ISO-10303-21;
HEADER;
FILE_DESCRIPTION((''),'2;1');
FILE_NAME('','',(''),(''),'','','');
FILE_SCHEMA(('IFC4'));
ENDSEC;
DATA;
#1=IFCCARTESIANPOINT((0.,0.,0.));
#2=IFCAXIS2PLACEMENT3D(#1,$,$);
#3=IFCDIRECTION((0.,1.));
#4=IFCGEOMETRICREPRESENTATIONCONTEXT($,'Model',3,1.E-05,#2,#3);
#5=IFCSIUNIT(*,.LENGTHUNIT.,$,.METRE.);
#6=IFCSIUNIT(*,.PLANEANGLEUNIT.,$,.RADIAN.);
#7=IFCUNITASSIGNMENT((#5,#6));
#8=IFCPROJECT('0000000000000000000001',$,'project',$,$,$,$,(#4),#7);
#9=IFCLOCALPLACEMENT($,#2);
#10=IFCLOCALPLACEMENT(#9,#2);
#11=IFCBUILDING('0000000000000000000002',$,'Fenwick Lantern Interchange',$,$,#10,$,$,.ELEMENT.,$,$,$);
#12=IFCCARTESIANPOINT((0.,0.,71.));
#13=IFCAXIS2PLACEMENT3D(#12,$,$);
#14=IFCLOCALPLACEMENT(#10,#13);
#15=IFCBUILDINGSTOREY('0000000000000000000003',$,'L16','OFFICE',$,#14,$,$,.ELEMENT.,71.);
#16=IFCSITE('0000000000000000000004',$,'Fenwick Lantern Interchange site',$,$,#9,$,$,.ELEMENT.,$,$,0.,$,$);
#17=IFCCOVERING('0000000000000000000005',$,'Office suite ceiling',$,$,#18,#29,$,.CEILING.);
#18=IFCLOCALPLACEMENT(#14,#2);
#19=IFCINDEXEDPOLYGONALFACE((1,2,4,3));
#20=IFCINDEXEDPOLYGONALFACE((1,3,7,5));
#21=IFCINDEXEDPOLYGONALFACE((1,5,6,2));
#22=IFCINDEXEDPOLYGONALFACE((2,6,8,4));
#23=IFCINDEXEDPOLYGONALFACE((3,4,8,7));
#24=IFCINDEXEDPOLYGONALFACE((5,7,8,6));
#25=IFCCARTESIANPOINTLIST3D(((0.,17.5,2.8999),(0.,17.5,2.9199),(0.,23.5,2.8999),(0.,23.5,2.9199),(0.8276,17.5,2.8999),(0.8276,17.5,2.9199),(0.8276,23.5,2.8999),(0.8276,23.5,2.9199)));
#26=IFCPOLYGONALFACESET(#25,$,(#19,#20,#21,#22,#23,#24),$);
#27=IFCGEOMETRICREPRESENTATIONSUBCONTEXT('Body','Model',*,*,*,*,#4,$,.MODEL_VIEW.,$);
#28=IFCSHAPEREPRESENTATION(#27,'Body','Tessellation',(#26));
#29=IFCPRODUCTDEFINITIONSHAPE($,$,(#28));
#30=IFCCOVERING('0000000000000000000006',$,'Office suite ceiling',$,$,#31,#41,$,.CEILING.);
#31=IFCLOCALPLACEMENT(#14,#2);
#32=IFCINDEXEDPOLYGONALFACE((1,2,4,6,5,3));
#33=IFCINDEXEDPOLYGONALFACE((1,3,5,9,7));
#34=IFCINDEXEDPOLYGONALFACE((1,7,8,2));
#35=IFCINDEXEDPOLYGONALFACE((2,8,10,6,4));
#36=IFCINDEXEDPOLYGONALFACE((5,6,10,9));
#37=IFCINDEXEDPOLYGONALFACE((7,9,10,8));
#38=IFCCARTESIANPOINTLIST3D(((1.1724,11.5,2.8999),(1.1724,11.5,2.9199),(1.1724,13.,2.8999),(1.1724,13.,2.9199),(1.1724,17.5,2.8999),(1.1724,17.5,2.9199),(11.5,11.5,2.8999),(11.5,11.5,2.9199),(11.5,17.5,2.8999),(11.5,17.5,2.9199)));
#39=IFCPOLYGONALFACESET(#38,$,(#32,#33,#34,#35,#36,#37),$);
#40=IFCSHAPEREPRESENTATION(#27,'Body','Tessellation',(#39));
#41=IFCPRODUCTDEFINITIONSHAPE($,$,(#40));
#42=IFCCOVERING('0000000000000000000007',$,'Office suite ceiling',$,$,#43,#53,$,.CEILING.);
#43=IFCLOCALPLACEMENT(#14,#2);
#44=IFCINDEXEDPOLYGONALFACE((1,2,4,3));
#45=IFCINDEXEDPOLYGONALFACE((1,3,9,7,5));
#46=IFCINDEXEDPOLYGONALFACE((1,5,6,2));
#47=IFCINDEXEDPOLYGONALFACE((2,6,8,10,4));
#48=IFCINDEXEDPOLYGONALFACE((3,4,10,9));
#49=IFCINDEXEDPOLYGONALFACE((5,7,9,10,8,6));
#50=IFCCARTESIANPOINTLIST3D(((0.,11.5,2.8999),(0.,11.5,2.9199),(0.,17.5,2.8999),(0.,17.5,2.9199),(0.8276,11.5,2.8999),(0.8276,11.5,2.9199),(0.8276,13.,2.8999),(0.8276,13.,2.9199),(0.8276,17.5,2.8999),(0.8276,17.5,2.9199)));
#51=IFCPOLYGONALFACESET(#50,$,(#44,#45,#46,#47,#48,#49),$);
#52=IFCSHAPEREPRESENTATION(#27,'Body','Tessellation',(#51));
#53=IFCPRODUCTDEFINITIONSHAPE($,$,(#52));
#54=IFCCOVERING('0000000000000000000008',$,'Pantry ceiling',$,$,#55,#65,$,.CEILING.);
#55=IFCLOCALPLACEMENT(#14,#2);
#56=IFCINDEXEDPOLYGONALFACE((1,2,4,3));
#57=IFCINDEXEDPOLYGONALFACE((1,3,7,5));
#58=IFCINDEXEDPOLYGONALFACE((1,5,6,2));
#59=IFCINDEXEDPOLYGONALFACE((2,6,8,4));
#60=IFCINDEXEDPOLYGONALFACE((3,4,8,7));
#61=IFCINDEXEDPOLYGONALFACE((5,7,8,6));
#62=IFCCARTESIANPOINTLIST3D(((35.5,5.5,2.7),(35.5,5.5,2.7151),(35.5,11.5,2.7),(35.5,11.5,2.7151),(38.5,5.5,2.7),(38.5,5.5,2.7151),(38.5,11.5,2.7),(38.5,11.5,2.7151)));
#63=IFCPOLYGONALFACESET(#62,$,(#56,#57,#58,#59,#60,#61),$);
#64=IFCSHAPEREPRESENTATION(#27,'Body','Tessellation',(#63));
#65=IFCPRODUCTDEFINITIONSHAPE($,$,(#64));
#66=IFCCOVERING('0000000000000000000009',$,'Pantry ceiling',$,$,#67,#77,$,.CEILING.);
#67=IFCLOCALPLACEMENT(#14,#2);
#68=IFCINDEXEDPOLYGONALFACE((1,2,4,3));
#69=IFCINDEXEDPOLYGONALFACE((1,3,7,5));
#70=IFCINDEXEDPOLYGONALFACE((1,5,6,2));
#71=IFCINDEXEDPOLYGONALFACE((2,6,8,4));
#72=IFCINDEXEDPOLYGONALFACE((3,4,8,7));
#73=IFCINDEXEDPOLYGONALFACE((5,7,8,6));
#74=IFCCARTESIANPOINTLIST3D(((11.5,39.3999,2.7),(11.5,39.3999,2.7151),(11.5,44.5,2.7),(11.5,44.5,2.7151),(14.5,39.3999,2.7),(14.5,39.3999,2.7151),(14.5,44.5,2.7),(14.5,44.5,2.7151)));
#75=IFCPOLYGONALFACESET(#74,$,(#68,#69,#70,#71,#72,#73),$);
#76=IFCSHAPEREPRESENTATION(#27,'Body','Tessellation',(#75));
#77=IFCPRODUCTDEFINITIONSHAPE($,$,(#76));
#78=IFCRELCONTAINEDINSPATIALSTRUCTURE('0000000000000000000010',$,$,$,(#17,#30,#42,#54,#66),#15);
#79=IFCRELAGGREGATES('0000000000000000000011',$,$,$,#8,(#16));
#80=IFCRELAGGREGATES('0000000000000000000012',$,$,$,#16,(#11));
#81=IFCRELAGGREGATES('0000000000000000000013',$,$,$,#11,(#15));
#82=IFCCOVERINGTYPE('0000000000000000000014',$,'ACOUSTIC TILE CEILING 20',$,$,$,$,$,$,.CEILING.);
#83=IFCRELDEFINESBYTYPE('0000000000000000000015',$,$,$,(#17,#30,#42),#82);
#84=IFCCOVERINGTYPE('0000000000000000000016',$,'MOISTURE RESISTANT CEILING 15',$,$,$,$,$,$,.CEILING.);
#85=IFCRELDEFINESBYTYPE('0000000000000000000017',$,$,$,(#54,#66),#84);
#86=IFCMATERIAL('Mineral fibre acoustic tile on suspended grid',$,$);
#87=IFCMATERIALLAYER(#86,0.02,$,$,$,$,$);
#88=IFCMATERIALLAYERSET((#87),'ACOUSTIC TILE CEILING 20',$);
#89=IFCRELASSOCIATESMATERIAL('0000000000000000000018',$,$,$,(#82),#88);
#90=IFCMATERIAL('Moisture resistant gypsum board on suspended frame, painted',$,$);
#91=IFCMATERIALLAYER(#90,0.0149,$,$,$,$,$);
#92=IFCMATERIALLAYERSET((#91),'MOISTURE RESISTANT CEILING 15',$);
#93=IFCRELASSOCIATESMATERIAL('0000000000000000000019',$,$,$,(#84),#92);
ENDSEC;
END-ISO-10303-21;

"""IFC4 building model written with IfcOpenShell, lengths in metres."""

from ifc_helpers import new_model, si_unit, direction, frame, origin, place, context, subcontext, project, spatial, polyline, outline, extrude, material, layer, layer_set, type_object, element, save


model = new_model("IFC4")

# Units and contexts
model_context = context("Model", 3, precision=1e-05, world=origin(), true_north=direction((0.0, 1.0)))
body_context = subcontext(model_context, "Body", "Model", "MODEL_VIEW")
ifc_project = project(units=[si_unit("LENGTHUNIT", "METRE"), si_unit("PLANEANGLEUNIT", "RADIAN")], contexts=[model_context])

# Site, building, storey
site_placement = place(None, origin())
site = spatial("IfcSite", under=ifc_project, at=site_placement, Name="Fenwick Lantern Interchange site", CompositionType="ELEMENT", RefElevation=0.0)
building_placement = place(site_placement, origin())
building = spatial("IfcBuilding", under=site, at=building_placement, Name="Fenwick Lantern Interchange", CompositionType="ELEMENT")
storey_placement = place(building_placement, frame((0.0, 0.0, 71.0)))
storey = spatial("IfcBuildingStorey", under=building, at=storey_placement, Name="L16", Description="OFFICE", CompositionType="ELEMENT", Elevation=71.0)

# Coverings
ifc_material_1 = material(Name="Mineral fibre acoustic tile on suspended grid")
ifc_layer_1 = layer(ifc_material_1, 0.02)
ifc_layer_set_1 = layer_set([ifc_layer_1], Name="ACOUSTIC TILE CEILING 20")
covering_type_1 = type_object("IfcCoveringType", Name="ACOUSTIC TILE CEILING 20", PredefinedType="CEILING", material=ifc_layer_set_1)
covering_1_placement = place(storey_placement, frame((0.0, 0.0, 2.8999)))
element("IfcCovering", 1, at=covering_1_placement, inside=storey, type_object=covering_type_1, Name="Office suite ceiling", PredefinedType="CEILING", context=body_context, shape_type="SweptSolid", body=[
    extrude(outline(polyline([(0.0, 23.5), (0.0, 17.5), (0.8276, 17.5), (0.8276, 23.5), (0.0, 23.5)])), origin(), (0.0, 0.0, 1.0), 0.02),
])
covering_2_placement = place(storey_placement, frame((0.0, 0.0, 2.8999)))
element("IfcCovering", 2, at=covering_2_placement, inside=storey, type_object=covering_type_1, Name="Office suite ceiling", PredefinedType="CEILING", context=body_context, shape_type="SweptSolid", body=[
    extrude(outline(polyline([(11.5, 17.5), (1.1724, 17.5), (1.1724, 13.0), (1.1724, 11.5), (11.5, 11.5), (11.5, 17.5)])), origin(), (0.0, 0.0, 1.0), 0.02),
])
covering_3_placement = place(storey_placement, frame((0.0, 0.0, 2.8999)))
element("IfcCovering", 3, at=covering_3_placement, inside=storey, type_object=covering_type_1, Name="Office suite ceiling", PredefinedType="CEILING", context=body_context, shape_type="SweptSolid", body=[
    extrude(outline(polyline([(0.0, 17.5), (0.0, 11.5), (0.8276, 11.5), (0.8276, 13.0), (0.8276, 17.5), (0.0, 17.5)])), origin(), (0.0, 0.0, 1.0), 0.02),
])
ifc_material_2 = material(Name="Moisture resistant gypsum board on suspended frame, painted")
ifc_layer_2 = layer(ifc_material_2, 0.0149)
ifc_layer_set_2 = layer_set([ifc_layer_2], Name="MOISTURE RESISTANT CEILING 15")
covering_type_2 = type_object("IfcCoveringType", Name="MOISTURE RESISTANT CEILING 15", PredefinedType="CEILING", material=ifc_layer_set_2)
covering_4_placement = place(storey_placement, frame((0.0, 0.0, 2.7)))
element("IfcCovering", 4, at=covering_4_placement, inside=storey, type_object=covering_type_2, Name="Pantry ceiling", PredefinedType="CEILING", context=body_context, shape_type="SweptSolid", body=[
    extrude(outline(polyline([(35.5, 5.5), (38.5, 5.5), (38.5, 11.5), (35.5, 11.5), (35.5, 5.5)])), origin(), (0.0, 0.0, 1.0), 0.0151),
])
covering_5_placement = place(storey_placement, frame((0.0, 0.0, 2.7)))
element("IfcCovering", 5, at=covering_5_placement, inside=storey, type_object=covering_type_2, Name="Pantry ceiling", PredefinedType="CEILING", context=body_context, shape_type="SweptSolid", body=[
    extrude(outline(polyline([(14.5, 44.5), (11.5, 44.5), (11.5, 39.3999), (14.5, 39.3999), (14.5, 44.5)])), origin(), (0.0, 0.0, 1.0), 0.0151),
])

save(model, "model.ifc")
